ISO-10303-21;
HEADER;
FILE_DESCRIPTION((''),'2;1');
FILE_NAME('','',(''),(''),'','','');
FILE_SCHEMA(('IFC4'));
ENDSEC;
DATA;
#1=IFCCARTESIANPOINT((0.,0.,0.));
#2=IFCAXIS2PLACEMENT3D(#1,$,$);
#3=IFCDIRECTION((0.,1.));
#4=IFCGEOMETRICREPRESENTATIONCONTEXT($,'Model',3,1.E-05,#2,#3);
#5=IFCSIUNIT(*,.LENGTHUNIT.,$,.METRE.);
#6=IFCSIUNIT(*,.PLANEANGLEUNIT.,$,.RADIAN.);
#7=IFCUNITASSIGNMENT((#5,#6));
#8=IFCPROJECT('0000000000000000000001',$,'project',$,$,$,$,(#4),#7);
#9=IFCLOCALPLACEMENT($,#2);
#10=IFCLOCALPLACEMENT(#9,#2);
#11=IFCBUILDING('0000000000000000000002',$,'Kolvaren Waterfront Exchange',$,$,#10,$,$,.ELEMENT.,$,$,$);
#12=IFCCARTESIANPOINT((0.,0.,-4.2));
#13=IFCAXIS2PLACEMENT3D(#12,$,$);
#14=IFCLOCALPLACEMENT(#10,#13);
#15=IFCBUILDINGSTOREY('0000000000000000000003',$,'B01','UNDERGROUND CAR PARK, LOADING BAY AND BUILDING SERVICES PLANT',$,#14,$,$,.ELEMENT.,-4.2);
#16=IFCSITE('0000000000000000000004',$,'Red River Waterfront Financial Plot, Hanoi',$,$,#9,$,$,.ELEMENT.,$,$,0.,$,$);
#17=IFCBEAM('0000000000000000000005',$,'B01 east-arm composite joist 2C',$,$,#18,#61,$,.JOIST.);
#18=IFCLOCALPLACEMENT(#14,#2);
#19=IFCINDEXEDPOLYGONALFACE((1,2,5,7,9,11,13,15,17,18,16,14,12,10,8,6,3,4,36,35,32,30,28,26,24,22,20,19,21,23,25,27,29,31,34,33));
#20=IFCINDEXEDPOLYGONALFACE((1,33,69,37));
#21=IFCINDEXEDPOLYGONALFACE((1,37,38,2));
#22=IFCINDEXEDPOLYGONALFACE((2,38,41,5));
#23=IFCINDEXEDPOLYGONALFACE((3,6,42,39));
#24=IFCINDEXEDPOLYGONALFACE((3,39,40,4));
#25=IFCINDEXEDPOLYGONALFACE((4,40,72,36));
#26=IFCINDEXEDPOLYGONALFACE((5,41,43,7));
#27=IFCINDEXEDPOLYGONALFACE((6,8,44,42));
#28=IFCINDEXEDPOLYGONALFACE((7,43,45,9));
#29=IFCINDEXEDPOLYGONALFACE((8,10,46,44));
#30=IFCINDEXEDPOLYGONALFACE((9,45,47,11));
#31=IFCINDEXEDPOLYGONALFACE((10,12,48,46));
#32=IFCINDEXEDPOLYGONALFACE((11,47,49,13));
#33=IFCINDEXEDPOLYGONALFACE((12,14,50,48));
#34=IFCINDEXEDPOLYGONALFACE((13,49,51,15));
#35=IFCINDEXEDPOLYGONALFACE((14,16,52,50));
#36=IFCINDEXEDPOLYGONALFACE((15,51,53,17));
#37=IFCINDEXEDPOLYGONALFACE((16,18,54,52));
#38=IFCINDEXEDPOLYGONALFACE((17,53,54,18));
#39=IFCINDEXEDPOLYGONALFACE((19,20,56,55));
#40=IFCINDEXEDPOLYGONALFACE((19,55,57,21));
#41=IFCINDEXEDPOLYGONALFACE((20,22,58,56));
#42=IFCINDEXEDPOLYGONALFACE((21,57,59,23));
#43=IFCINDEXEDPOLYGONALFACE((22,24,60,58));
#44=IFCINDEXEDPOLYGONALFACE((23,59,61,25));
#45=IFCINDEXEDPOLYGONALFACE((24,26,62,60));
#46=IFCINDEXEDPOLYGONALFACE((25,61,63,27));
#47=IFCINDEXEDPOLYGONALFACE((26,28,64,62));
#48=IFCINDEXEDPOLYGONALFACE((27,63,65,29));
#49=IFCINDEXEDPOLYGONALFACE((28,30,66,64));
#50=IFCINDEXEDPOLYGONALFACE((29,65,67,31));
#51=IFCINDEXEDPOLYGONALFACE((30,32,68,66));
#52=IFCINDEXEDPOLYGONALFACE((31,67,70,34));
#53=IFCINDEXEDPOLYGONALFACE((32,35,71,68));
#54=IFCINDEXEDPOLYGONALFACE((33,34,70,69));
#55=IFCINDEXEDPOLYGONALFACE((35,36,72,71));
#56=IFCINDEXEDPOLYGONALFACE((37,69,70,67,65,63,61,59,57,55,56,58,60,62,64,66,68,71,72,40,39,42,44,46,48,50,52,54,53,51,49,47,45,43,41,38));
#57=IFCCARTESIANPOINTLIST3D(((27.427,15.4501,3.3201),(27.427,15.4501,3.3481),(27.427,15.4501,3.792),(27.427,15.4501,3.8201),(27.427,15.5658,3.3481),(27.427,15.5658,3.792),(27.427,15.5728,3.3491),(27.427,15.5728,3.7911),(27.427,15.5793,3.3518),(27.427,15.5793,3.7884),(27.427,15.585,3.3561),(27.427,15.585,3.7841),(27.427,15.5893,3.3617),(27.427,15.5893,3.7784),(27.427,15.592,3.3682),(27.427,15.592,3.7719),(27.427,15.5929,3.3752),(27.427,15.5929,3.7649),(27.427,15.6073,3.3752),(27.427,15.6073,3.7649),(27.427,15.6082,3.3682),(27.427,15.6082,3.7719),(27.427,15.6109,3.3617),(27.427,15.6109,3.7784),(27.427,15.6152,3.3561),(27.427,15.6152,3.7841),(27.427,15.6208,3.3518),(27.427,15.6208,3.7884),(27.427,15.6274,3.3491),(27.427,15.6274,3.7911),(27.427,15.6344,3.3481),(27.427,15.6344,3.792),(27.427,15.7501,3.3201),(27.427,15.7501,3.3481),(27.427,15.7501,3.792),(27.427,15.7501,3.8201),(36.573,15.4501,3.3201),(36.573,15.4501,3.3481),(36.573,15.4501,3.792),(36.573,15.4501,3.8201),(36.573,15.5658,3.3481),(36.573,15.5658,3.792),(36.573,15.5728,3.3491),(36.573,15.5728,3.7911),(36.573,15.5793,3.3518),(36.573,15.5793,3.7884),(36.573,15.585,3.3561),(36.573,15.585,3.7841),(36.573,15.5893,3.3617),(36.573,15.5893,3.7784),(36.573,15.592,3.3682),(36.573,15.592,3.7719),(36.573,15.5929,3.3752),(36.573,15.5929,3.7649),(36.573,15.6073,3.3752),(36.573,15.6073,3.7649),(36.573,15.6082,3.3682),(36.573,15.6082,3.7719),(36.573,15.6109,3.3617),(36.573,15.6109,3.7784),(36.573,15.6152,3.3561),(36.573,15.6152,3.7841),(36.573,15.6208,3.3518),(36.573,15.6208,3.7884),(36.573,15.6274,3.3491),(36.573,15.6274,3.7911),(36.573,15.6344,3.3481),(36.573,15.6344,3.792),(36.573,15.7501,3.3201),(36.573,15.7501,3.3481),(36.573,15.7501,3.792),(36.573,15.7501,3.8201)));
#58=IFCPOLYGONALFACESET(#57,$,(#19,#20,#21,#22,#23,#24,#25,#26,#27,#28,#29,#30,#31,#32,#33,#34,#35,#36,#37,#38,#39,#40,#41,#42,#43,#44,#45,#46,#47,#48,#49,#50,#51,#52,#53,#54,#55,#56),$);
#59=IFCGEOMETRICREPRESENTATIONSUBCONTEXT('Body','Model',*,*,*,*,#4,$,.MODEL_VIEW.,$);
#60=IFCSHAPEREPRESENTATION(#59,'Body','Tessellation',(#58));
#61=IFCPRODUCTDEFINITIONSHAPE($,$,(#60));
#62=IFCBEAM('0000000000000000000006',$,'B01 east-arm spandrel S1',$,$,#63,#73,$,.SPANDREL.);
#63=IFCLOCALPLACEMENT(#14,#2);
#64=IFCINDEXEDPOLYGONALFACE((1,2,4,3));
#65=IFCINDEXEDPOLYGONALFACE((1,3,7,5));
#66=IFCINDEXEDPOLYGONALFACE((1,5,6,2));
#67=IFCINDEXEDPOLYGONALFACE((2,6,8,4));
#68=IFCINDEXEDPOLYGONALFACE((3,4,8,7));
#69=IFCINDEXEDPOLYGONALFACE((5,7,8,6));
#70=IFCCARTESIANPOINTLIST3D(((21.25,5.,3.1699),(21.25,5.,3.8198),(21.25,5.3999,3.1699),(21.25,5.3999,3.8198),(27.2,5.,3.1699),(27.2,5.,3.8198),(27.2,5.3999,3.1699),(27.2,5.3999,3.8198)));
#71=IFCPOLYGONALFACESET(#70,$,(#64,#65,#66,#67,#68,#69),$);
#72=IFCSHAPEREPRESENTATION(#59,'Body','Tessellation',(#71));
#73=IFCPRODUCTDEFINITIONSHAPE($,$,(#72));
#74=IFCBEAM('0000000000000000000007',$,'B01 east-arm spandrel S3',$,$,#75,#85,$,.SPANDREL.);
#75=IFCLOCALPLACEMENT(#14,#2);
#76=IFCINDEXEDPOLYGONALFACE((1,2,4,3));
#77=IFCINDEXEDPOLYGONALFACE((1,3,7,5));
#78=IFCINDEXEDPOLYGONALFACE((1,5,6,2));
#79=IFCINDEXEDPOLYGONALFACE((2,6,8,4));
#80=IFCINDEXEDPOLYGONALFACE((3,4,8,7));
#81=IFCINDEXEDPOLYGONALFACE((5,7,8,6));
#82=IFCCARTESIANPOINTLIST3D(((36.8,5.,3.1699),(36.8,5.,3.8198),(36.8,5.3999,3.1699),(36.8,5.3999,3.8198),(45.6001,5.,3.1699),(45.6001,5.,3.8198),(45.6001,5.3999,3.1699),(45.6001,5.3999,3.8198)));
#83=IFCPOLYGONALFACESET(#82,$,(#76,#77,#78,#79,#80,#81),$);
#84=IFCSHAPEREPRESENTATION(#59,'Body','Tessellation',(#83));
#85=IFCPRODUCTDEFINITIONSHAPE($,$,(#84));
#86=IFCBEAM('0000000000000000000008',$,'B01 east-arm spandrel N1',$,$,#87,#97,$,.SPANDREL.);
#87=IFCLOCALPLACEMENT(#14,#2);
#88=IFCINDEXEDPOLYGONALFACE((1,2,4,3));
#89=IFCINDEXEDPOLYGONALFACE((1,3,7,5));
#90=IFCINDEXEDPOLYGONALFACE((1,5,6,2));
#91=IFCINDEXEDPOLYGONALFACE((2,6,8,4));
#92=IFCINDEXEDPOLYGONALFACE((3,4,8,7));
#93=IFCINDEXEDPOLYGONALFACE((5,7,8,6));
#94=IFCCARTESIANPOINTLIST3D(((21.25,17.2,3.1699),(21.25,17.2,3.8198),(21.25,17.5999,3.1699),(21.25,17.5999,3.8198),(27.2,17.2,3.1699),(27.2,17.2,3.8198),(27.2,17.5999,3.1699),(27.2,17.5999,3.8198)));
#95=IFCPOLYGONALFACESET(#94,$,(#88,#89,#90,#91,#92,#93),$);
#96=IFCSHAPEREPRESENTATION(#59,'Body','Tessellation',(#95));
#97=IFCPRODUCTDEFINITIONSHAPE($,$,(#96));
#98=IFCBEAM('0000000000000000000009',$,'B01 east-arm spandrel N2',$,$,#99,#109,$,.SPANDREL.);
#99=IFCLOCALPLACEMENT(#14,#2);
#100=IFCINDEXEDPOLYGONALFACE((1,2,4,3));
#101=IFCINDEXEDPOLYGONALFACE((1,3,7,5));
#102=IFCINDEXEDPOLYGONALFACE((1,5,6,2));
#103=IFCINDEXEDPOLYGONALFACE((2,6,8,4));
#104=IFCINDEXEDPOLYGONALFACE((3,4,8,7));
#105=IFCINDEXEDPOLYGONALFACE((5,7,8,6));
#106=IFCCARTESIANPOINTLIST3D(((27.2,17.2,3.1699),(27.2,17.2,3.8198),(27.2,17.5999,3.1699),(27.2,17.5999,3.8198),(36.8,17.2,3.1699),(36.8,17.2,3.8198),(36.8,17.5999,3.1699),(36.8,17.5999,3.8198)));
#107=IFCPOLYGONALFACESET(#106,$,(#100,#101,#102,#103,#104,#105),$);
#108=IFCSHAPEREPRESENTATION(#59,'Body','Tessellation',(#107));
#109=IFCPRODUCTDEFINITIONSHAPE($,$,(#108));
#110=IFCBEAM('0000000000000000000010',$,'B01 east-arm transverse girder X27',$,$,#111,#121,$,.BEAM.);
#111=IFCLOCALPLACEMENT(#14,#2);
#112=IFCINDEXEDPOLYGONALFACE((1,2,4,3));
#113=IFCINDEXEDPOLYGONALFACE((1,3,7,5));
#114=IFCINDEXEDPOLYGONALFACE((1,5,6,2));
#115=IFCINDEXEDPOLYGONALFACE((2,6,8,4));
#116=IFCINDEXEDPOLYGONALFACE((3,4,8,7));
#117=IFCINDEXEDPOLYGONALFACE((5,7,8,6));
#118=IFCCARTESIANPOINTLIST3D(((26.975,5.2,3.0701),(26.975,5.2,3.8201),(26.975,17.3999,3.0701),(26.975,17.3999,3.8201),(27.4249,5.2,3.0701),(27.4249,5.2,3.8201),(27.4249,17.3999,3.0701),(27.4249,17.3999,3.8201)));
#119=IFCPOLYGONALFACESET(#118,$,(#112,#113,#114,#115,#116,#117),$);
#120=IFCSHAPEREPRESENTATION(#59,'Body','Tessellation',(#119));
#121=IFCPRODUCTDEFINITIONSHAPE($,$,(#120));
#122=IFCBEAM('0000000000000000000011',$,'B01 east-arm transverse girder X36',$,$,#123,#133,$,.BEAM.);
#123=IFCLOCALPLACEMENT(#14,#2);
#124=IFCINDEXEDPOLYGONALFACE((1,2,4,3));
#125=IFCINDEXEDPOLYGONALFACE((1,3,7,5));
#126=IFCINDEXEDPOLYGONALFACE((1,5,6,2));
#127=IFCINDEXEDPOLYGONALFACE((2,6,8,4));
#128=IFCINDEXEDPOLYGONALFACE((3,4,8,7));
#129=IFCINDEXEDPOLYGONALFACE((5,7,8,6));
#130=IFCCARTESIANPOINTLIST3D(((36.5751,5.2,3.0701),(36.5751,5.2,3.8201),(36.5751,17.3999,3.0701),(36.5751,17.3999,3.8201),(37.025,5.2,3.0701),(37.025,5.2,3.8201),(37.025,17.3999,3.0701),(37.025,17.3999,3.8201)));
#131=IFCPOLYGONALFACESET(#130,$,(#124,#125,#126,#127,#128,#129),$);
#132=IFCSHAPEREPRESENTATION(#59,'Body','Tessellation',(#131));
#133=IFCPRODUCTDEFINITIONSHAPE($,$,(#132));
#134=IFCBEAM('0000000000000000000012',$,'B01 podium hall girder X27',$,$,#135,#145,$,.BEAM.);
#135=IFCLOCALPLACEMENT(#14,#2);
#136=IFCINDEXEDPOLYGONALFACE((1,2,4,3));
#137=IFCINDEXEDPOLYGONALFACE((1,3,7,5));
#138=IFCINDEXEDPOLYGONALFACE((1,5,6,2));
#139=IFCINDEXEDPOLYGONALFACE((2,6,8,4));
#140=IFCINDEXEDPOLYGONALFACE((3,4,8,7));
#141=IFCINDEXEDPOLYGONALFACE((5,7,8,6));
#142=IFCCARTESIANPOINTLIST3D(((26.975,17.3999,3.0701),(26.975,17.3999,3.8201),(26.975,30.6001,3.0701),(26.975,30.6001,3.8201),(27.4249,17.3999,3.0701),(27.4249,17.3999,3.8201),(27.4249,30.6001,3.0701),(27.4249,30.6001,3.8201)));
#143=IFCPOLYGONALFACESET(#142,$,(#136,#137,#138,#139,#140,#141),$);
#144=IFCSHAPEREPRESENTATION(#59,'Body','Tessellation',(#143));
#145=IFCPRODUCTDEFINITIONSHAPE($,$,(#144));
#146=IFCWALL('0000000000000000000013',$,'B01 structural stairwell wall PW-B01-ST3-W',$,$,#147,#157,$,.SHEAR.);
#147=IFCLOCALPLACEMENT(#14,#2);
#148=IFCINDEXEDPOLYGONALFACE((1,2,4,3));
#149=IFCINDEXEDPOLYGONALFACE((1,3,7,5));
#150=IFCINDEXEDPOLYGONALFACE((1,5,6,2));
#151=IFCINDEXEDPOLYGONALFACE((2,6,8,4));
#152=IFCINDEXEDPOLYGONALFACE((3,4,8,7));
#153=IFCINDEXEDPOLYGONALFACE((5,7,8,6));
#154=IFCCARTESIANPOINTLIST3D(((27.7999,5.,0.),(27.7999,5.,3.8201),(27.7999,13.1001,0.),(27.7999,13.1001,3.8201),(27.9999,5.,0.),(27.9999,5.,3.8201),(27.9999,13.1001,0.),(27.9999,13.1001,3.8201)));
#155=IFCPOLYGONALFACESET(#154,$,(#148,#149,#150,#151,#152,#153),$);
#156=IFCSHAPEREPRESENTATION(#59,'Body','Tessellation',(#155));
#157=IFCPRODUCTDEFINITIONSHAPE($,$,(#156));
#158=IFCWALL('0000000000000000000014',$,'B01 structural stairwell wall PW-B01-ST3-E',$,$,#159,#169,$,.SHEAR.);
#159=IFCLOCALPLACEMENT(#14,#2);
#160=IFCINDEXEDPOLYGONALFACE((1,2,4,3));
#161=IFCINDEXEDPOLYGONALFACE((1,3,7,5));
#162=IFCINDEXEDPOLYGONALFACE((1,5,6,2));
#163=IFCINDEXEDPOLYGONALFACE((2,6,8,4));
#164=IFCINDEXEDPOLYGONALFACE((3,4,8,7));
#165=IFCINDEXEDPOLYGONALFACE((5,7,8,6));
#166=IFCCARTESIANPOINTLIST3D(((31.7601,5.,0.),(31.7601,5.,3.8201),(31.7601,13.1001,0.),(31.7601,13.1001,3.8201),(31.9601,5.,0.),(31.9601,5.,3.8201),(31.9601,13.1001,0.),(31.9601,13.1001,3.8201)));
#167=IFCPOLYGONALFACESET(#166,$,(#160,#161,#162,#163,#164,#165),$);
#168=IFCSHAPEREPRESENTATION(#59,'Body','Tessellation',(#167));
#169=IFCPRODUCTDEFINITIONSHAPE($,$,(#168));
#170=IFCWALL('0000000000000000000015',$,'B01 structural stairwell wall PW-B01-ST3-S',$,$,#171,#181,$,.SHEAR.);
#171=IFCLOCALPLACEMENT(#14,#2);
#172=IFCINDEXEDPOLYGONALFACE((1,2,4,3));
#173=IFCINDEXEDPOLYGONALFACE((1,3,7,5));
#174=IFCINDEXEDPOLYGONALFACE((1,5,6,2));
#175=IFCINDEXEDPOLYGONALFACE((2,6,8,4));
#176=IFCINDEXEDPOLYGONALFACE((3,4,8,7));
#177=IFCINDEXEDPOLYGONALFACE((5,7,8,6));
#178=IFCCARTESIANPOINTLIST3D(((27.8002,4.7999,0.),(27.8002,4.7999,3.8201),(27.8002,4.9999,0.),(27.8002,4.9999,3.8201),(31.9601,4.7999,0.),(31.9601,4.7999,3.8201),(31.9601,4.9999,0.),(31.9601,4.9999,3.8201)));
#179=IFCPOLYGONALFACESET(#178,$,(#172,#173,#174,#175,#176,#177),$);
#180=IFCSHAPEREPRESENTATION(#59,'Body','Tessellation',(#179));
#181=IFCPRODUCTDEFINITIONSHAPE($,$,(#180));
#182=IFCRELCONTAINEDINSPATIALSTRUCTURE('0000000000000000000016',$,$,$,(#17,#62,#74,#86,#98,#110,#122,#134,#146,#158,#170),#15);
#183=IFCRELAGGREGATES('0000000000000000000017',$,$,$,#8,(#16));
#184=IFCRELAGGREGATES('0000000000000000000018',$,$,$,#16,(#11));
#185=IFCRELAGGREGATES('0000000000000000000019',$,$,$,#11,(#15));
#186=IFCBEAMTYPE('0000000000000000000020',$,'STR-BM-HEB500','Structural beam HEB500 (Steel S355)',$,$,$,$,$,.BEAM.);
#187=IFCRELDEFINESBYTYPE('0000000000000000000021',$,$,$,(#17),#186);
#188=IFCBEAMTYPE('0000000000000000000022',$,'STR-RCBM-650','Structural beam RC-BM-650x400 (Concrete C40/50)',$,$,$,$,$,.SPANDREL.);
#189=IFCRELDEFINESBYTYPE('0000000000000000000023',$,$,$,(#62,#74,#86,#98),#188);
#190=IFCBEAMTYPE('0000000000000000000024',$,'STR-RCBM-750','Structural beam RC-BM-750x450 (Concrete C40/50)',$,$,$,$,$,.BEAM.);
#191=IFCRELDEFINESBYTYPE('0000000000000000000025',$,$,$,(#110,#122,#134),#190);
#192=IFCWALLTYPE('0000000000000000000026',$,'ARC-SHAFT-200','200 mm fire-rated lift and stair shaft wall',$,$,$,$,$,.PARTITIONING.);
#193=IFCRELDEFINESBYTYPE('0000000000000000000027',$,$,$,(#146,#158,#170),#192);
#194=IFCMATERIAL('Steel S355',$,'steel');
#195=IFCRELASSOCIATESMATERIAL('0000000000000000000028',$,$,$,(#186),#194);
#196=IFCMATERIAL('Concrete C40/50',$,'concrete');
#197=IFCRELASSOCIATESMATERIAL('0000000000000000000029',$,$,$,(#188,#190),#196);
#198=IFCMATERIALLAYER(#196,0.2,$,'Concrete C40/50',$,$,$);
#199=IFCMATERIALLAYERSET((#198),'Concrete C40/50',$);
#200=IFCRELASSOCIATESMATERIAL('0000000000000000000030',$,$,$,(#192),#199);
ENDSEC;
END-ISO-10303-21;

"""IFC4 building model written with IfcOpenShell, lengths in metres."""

from ifc_helpers import new_model, si_unit, direction, frame, frame_2d, origin, origin_2d, place, context, subcontext, project, spatial, rectangle, i_section, extrude, material, layer, layer_set, material_profile, profile_set, type_object, element, save


model = new_model("IFC4")

# Units and contexts
model_context = context("Model", 3, precision=1e-05, world=origin(), true_north=direction((0.0, 1.0)))
body_context = subcontext(model_context, "Body", "Model", "MODEL_VIEW")
ifc_project = project(units=[si_unit("LENGTHUNIT", "METRE"), si_unit("PLANEANGLEUNIT", "RADIAN")], contexts=[model_context])

# Site, building, storey
site_placement = place(None, origin())
site = spatial("IfcSite", under=ifc_project, at=site_placement, Name="Red River Waterfront Financial Plot, Hanoi", CompositionType="ELEMENT", RefElevation=0.0)
building_placement = place(site_placement, origin())
building = spatial("IfcBuilding", under=site, at=building_placement, Name="Kolvaren Waterfront Exchange", CompositionType="ELEMENT")
storey_placement = place(building_placement, frame((0.0, 0.0, -4.2)))
storey = spatial("IfcBuildingStorey", under=building, at=storey_placement, Name="B01", Description="UNDERGROUND CAR PARK, LOADING BAY AND BUILDING SERVICES PLANT", CompositionType="ELEMENT", Elevation=-4.2)

# Beams
ifc_material_1 = material(Name="Steel S355", Category="steel")
ifc_material_profile_1 = material_profile(ifc_material_1, i_section(OverallWidth=0.3, OverallDepth=0.5, WebThickness=0.0144, FlangeThickness=0.0281, FilletRadius=0.0271, at=origin_2d()), Name="HEB500")
ifc_profile_set_1 = profile_set([ifc_material_profile_1], Name="Steel S355")
beam_type_1 = type_object("IfcBeamType", Name="STR-BM-HEB500", Description="Structural beam HEB500 (Steel S355)", PredefinedType="BEAM", material=ifc_profile_set_1)
for number, where, z_axis, x_axis, name in (
    (1, (27.427, 15.6001, 3.5701), (1.0, 0.0, 0.0), (0.0, 1.0, 0.0), "B01 east-arm composite joist 2C"),
):
    element("IfcBeam", number, at=place(storey_placement, frame(where, z_axis=z_axis, x_axis=x_axis)), inside=storey, type_object=beam_type_1, Name=name, PredefinedType="JOIST", context=body_context, shape_type="SweptSolid", body=[
        extrude(i_section(OverallWidth=0.3, OverallDepth=0.5, WebThickness=0.0144, FlangeThickness=0.0281, FilletRadius=0.0271, at=origin_2d()), origin(), (0.0, 0.0, 1.0), 9.146),
    ])
ifc_material_2 = material(Name="Concrete C40/50", Category="concrete")
ifc_material_profile_2 = material_profile(ifc_material_2, rectangle(XDim=0.3999, YDim=0.6499, at=origin_2d()), Name="RC-BM-650x400")
ifc_profile_set_2 = profile_set([ifc_material_profile_2], Name="Concrete C40/50")
beam_type_2 = type_object("IfcBeamType", Name="STR-RCBM-650", Description="Structural beam RC-BM-650x400 (Concrete C40/50)", PredefinedType="SPANDREL", material=ifc_profile_set_2)
beam_1_placement = place(storey_placement, frame((21.25, 5.2, 3.4949), z_axis=(1.0, 0.0, 0.0), x_axis=(0.0, 1.0, 0.0)))
element("IfcBeam", 2, at=beam_1_placement, inside=storey, type_object=beam_type_2, Name="B01 east-arm spandrel S1", PredefinedType="SPANDREL", context=body_context, shape_type="SweptSolid", body=[
    extrude(rectangle(XDim=0.3999, YDim=0.6499, at=origin_2d()), origin(), (0.0, 0.0, 1.0), 5.95),
])
beam_2_placement = place(storey_placement, frame((36.8, 5.2, 3.4949), z_axis=(1.0, 0.0, 0.0), x_axis=(0.0, 1.0, 0.0)))
element("IfcBeam", 3, at=beam_2_placement, inside=storey, type_object=beam_type_2, Name="B01 east-arm spandrel S3", PredefinedType="SPANDREL", context=body_context, shape_type="SweptSolid", body=[
    extrude(rectangle(XDim=0.3999, YDim=0.6499, at=origin_2d()), origin(), (0.0, 0.0, 1.0), 8.8),
])
beam_3_placement = place(storey_placement, frame((21.25, 17.3999, 3.4949), z_axis=(1.0, 0.0, 0.0), x_axis=(0.0, 1.0, 0.0)))
element("IfcBeam", 4, at=beam_3_placement, inside=storey, type_object=beam_type_2, Name="B01 east-arm spandrel N1", PredefinedType="SPANDREL", context=body_context, shape_type="SweptSolid", body=[
    extrude(rectangle(XDim=0.3999, YDim=0.6499, at=origin_2d()), origin(), (0.0, 0.0, 1.0), 5.95),
])
beam_4_placement = place(storey_placement, frame((27.2, 17.3999, 3.4949), z_axis=(1.0, 0.0, 0.0), x_axis=(0.0, 1.0, 0.0)))
element("IfcBeam", 5, at=beam_4_placement, inside=storey, type_object=beam_type_2, Name="B01 east-arm spandrel N2", PredefinedType="SPANDREL", context=body_context, shape_type="SweptSolid", body=[
    extrude(rectangle(XDim=0.3999, YDim=0.6499, at=origin_2d()), origin(), (0.0, 0.0, 1.0), 9.6001),
])
ifc_material_profile_3 = material_profile(ifc_material_2, rectangle(XDim=0.45, YDim=0.75, at=origin_2d()), Name="RC-BM-750x450")
ifc_profile_set_3 = profile_set([ifc_material_profile_3], Name="Concrete C40/50")
beam_type_3 = type_object("IfcBeamType", Name="STR-RCBM-750", Description="Structural beam RC-BM-750x450 (Concrete C40/50)", PredefinedType="BEAM", material=ifc_profile_set_3)
for number, where, z_axis, x_axis, name in (
    (6, (27.2, 5.2, 3.4451), (0.0, 1.0, 0.0), (-1.0, 0.0, 0.0), "B01 east-arm transverse girder X27"),
    (7, (36.8, 5.2, 3.4451), (0.0, 1.0, 0.0), (-1.0, 0.0, 0.0), "B01 east-arm transverse girder X36"),
):
    element("IfcBeam", number, at=place(storey_placement, frame(where, z_axis=z_axis, x_axis=x_axis)), inside=storey, type_object=beam_type_3, Name=name, PredefinedType="BEAM", context=body_context, shape_type="SweptSolid", body=[
        extrude(rectangle(XDim=0.45, YDim=0.75, at=origin_2d()), origin(), (0.0, 0.0, 1.0), 12.2),
    ])
beam_5_placement = place(storey_placement, frame((27.2, 17.3999, 3.4451), z_axis=(0.0, 1.0, 0.0), x_axis=(-1.0, 0.0, 0.0)))
element("IfcBeam", 8, at=beam_5_placement, inside=storey, type_object=beam_type_3, Name="B01 podium hall girder X27", PredefinedType="BEAM", context=body_context, shape_type="SweptSolid", body=[
    extrude(rectangle(XDim=0.45, YDim=0.75, at=origin_2d()), origin(), (0.0, 0.0, 1.0), 13.2002),
])

# Walls
ifc_layer = layer(ifc_material_2, 0.2, Name="Concrete C40/50")
ifc_layer_set = layer_set([ifc_layer], Name="Concrete C40/50")
wall_type = type_object("IfcWallType", Name="ARC-SHAFT-200", Description="200 mm fire-rated lift and stair shaft wall", PredefinedType="PARTITIONING", material=ifc_layer_set)
for number, where, z_axis, x_axis, name in (
    (9, (27.8999, 5.0, 0.0), (0.0, 0.0, 1.0), (0.0, 1.0, 0.0), "B01 structural stairwell wall PW-B01-ST3-W"),
    (10, (31.8601, 5.0, 0.0), (0.0, 0.0, 1.0), (0.0, 1.0, 0.0), "B01 structural stairwell wall PW-B01-ST3-E"),
):
    element("IfcWall", number, at=place(storey_placement, frame(where, z_axis=z_axis, x_axis=x_axis)), inside=storey, type_object=wall_type, Name=name, PredefinedType="SHEAR", context=body_context, shape_type="SweptSolid", body=[
        extrude(rectangle(XDim=8.1001, YDim=0.2, at=frame_2d((4.05, 0.0))), origin(), (0.0, 0.0, 1.0), 3.8201),
    ])
wall_1_placement = place(storey_placement, frame((27.8, 4.8999, 0.0), z_axis=(0.0, 0.0, 1.0), x_axis=(1.0, 0.0, 0.0)))
element("IfcWall", 11, at=wall_1_placement, inside=storey, type_object=wall_type, Name="B01 structural stairwell wall PW-B01-ST3-S", PredefinedType="SHEAR", context=body_context, shape_type="SweptSolid", body=[
    extrude(rectangle(XDim=4.1599, YDim=0.2, at=frame_2d((2.0801, 0.0))), origin(), (0.0, 0.0, 1.0), 3.8201),
])

save(model, "model.ifc")
